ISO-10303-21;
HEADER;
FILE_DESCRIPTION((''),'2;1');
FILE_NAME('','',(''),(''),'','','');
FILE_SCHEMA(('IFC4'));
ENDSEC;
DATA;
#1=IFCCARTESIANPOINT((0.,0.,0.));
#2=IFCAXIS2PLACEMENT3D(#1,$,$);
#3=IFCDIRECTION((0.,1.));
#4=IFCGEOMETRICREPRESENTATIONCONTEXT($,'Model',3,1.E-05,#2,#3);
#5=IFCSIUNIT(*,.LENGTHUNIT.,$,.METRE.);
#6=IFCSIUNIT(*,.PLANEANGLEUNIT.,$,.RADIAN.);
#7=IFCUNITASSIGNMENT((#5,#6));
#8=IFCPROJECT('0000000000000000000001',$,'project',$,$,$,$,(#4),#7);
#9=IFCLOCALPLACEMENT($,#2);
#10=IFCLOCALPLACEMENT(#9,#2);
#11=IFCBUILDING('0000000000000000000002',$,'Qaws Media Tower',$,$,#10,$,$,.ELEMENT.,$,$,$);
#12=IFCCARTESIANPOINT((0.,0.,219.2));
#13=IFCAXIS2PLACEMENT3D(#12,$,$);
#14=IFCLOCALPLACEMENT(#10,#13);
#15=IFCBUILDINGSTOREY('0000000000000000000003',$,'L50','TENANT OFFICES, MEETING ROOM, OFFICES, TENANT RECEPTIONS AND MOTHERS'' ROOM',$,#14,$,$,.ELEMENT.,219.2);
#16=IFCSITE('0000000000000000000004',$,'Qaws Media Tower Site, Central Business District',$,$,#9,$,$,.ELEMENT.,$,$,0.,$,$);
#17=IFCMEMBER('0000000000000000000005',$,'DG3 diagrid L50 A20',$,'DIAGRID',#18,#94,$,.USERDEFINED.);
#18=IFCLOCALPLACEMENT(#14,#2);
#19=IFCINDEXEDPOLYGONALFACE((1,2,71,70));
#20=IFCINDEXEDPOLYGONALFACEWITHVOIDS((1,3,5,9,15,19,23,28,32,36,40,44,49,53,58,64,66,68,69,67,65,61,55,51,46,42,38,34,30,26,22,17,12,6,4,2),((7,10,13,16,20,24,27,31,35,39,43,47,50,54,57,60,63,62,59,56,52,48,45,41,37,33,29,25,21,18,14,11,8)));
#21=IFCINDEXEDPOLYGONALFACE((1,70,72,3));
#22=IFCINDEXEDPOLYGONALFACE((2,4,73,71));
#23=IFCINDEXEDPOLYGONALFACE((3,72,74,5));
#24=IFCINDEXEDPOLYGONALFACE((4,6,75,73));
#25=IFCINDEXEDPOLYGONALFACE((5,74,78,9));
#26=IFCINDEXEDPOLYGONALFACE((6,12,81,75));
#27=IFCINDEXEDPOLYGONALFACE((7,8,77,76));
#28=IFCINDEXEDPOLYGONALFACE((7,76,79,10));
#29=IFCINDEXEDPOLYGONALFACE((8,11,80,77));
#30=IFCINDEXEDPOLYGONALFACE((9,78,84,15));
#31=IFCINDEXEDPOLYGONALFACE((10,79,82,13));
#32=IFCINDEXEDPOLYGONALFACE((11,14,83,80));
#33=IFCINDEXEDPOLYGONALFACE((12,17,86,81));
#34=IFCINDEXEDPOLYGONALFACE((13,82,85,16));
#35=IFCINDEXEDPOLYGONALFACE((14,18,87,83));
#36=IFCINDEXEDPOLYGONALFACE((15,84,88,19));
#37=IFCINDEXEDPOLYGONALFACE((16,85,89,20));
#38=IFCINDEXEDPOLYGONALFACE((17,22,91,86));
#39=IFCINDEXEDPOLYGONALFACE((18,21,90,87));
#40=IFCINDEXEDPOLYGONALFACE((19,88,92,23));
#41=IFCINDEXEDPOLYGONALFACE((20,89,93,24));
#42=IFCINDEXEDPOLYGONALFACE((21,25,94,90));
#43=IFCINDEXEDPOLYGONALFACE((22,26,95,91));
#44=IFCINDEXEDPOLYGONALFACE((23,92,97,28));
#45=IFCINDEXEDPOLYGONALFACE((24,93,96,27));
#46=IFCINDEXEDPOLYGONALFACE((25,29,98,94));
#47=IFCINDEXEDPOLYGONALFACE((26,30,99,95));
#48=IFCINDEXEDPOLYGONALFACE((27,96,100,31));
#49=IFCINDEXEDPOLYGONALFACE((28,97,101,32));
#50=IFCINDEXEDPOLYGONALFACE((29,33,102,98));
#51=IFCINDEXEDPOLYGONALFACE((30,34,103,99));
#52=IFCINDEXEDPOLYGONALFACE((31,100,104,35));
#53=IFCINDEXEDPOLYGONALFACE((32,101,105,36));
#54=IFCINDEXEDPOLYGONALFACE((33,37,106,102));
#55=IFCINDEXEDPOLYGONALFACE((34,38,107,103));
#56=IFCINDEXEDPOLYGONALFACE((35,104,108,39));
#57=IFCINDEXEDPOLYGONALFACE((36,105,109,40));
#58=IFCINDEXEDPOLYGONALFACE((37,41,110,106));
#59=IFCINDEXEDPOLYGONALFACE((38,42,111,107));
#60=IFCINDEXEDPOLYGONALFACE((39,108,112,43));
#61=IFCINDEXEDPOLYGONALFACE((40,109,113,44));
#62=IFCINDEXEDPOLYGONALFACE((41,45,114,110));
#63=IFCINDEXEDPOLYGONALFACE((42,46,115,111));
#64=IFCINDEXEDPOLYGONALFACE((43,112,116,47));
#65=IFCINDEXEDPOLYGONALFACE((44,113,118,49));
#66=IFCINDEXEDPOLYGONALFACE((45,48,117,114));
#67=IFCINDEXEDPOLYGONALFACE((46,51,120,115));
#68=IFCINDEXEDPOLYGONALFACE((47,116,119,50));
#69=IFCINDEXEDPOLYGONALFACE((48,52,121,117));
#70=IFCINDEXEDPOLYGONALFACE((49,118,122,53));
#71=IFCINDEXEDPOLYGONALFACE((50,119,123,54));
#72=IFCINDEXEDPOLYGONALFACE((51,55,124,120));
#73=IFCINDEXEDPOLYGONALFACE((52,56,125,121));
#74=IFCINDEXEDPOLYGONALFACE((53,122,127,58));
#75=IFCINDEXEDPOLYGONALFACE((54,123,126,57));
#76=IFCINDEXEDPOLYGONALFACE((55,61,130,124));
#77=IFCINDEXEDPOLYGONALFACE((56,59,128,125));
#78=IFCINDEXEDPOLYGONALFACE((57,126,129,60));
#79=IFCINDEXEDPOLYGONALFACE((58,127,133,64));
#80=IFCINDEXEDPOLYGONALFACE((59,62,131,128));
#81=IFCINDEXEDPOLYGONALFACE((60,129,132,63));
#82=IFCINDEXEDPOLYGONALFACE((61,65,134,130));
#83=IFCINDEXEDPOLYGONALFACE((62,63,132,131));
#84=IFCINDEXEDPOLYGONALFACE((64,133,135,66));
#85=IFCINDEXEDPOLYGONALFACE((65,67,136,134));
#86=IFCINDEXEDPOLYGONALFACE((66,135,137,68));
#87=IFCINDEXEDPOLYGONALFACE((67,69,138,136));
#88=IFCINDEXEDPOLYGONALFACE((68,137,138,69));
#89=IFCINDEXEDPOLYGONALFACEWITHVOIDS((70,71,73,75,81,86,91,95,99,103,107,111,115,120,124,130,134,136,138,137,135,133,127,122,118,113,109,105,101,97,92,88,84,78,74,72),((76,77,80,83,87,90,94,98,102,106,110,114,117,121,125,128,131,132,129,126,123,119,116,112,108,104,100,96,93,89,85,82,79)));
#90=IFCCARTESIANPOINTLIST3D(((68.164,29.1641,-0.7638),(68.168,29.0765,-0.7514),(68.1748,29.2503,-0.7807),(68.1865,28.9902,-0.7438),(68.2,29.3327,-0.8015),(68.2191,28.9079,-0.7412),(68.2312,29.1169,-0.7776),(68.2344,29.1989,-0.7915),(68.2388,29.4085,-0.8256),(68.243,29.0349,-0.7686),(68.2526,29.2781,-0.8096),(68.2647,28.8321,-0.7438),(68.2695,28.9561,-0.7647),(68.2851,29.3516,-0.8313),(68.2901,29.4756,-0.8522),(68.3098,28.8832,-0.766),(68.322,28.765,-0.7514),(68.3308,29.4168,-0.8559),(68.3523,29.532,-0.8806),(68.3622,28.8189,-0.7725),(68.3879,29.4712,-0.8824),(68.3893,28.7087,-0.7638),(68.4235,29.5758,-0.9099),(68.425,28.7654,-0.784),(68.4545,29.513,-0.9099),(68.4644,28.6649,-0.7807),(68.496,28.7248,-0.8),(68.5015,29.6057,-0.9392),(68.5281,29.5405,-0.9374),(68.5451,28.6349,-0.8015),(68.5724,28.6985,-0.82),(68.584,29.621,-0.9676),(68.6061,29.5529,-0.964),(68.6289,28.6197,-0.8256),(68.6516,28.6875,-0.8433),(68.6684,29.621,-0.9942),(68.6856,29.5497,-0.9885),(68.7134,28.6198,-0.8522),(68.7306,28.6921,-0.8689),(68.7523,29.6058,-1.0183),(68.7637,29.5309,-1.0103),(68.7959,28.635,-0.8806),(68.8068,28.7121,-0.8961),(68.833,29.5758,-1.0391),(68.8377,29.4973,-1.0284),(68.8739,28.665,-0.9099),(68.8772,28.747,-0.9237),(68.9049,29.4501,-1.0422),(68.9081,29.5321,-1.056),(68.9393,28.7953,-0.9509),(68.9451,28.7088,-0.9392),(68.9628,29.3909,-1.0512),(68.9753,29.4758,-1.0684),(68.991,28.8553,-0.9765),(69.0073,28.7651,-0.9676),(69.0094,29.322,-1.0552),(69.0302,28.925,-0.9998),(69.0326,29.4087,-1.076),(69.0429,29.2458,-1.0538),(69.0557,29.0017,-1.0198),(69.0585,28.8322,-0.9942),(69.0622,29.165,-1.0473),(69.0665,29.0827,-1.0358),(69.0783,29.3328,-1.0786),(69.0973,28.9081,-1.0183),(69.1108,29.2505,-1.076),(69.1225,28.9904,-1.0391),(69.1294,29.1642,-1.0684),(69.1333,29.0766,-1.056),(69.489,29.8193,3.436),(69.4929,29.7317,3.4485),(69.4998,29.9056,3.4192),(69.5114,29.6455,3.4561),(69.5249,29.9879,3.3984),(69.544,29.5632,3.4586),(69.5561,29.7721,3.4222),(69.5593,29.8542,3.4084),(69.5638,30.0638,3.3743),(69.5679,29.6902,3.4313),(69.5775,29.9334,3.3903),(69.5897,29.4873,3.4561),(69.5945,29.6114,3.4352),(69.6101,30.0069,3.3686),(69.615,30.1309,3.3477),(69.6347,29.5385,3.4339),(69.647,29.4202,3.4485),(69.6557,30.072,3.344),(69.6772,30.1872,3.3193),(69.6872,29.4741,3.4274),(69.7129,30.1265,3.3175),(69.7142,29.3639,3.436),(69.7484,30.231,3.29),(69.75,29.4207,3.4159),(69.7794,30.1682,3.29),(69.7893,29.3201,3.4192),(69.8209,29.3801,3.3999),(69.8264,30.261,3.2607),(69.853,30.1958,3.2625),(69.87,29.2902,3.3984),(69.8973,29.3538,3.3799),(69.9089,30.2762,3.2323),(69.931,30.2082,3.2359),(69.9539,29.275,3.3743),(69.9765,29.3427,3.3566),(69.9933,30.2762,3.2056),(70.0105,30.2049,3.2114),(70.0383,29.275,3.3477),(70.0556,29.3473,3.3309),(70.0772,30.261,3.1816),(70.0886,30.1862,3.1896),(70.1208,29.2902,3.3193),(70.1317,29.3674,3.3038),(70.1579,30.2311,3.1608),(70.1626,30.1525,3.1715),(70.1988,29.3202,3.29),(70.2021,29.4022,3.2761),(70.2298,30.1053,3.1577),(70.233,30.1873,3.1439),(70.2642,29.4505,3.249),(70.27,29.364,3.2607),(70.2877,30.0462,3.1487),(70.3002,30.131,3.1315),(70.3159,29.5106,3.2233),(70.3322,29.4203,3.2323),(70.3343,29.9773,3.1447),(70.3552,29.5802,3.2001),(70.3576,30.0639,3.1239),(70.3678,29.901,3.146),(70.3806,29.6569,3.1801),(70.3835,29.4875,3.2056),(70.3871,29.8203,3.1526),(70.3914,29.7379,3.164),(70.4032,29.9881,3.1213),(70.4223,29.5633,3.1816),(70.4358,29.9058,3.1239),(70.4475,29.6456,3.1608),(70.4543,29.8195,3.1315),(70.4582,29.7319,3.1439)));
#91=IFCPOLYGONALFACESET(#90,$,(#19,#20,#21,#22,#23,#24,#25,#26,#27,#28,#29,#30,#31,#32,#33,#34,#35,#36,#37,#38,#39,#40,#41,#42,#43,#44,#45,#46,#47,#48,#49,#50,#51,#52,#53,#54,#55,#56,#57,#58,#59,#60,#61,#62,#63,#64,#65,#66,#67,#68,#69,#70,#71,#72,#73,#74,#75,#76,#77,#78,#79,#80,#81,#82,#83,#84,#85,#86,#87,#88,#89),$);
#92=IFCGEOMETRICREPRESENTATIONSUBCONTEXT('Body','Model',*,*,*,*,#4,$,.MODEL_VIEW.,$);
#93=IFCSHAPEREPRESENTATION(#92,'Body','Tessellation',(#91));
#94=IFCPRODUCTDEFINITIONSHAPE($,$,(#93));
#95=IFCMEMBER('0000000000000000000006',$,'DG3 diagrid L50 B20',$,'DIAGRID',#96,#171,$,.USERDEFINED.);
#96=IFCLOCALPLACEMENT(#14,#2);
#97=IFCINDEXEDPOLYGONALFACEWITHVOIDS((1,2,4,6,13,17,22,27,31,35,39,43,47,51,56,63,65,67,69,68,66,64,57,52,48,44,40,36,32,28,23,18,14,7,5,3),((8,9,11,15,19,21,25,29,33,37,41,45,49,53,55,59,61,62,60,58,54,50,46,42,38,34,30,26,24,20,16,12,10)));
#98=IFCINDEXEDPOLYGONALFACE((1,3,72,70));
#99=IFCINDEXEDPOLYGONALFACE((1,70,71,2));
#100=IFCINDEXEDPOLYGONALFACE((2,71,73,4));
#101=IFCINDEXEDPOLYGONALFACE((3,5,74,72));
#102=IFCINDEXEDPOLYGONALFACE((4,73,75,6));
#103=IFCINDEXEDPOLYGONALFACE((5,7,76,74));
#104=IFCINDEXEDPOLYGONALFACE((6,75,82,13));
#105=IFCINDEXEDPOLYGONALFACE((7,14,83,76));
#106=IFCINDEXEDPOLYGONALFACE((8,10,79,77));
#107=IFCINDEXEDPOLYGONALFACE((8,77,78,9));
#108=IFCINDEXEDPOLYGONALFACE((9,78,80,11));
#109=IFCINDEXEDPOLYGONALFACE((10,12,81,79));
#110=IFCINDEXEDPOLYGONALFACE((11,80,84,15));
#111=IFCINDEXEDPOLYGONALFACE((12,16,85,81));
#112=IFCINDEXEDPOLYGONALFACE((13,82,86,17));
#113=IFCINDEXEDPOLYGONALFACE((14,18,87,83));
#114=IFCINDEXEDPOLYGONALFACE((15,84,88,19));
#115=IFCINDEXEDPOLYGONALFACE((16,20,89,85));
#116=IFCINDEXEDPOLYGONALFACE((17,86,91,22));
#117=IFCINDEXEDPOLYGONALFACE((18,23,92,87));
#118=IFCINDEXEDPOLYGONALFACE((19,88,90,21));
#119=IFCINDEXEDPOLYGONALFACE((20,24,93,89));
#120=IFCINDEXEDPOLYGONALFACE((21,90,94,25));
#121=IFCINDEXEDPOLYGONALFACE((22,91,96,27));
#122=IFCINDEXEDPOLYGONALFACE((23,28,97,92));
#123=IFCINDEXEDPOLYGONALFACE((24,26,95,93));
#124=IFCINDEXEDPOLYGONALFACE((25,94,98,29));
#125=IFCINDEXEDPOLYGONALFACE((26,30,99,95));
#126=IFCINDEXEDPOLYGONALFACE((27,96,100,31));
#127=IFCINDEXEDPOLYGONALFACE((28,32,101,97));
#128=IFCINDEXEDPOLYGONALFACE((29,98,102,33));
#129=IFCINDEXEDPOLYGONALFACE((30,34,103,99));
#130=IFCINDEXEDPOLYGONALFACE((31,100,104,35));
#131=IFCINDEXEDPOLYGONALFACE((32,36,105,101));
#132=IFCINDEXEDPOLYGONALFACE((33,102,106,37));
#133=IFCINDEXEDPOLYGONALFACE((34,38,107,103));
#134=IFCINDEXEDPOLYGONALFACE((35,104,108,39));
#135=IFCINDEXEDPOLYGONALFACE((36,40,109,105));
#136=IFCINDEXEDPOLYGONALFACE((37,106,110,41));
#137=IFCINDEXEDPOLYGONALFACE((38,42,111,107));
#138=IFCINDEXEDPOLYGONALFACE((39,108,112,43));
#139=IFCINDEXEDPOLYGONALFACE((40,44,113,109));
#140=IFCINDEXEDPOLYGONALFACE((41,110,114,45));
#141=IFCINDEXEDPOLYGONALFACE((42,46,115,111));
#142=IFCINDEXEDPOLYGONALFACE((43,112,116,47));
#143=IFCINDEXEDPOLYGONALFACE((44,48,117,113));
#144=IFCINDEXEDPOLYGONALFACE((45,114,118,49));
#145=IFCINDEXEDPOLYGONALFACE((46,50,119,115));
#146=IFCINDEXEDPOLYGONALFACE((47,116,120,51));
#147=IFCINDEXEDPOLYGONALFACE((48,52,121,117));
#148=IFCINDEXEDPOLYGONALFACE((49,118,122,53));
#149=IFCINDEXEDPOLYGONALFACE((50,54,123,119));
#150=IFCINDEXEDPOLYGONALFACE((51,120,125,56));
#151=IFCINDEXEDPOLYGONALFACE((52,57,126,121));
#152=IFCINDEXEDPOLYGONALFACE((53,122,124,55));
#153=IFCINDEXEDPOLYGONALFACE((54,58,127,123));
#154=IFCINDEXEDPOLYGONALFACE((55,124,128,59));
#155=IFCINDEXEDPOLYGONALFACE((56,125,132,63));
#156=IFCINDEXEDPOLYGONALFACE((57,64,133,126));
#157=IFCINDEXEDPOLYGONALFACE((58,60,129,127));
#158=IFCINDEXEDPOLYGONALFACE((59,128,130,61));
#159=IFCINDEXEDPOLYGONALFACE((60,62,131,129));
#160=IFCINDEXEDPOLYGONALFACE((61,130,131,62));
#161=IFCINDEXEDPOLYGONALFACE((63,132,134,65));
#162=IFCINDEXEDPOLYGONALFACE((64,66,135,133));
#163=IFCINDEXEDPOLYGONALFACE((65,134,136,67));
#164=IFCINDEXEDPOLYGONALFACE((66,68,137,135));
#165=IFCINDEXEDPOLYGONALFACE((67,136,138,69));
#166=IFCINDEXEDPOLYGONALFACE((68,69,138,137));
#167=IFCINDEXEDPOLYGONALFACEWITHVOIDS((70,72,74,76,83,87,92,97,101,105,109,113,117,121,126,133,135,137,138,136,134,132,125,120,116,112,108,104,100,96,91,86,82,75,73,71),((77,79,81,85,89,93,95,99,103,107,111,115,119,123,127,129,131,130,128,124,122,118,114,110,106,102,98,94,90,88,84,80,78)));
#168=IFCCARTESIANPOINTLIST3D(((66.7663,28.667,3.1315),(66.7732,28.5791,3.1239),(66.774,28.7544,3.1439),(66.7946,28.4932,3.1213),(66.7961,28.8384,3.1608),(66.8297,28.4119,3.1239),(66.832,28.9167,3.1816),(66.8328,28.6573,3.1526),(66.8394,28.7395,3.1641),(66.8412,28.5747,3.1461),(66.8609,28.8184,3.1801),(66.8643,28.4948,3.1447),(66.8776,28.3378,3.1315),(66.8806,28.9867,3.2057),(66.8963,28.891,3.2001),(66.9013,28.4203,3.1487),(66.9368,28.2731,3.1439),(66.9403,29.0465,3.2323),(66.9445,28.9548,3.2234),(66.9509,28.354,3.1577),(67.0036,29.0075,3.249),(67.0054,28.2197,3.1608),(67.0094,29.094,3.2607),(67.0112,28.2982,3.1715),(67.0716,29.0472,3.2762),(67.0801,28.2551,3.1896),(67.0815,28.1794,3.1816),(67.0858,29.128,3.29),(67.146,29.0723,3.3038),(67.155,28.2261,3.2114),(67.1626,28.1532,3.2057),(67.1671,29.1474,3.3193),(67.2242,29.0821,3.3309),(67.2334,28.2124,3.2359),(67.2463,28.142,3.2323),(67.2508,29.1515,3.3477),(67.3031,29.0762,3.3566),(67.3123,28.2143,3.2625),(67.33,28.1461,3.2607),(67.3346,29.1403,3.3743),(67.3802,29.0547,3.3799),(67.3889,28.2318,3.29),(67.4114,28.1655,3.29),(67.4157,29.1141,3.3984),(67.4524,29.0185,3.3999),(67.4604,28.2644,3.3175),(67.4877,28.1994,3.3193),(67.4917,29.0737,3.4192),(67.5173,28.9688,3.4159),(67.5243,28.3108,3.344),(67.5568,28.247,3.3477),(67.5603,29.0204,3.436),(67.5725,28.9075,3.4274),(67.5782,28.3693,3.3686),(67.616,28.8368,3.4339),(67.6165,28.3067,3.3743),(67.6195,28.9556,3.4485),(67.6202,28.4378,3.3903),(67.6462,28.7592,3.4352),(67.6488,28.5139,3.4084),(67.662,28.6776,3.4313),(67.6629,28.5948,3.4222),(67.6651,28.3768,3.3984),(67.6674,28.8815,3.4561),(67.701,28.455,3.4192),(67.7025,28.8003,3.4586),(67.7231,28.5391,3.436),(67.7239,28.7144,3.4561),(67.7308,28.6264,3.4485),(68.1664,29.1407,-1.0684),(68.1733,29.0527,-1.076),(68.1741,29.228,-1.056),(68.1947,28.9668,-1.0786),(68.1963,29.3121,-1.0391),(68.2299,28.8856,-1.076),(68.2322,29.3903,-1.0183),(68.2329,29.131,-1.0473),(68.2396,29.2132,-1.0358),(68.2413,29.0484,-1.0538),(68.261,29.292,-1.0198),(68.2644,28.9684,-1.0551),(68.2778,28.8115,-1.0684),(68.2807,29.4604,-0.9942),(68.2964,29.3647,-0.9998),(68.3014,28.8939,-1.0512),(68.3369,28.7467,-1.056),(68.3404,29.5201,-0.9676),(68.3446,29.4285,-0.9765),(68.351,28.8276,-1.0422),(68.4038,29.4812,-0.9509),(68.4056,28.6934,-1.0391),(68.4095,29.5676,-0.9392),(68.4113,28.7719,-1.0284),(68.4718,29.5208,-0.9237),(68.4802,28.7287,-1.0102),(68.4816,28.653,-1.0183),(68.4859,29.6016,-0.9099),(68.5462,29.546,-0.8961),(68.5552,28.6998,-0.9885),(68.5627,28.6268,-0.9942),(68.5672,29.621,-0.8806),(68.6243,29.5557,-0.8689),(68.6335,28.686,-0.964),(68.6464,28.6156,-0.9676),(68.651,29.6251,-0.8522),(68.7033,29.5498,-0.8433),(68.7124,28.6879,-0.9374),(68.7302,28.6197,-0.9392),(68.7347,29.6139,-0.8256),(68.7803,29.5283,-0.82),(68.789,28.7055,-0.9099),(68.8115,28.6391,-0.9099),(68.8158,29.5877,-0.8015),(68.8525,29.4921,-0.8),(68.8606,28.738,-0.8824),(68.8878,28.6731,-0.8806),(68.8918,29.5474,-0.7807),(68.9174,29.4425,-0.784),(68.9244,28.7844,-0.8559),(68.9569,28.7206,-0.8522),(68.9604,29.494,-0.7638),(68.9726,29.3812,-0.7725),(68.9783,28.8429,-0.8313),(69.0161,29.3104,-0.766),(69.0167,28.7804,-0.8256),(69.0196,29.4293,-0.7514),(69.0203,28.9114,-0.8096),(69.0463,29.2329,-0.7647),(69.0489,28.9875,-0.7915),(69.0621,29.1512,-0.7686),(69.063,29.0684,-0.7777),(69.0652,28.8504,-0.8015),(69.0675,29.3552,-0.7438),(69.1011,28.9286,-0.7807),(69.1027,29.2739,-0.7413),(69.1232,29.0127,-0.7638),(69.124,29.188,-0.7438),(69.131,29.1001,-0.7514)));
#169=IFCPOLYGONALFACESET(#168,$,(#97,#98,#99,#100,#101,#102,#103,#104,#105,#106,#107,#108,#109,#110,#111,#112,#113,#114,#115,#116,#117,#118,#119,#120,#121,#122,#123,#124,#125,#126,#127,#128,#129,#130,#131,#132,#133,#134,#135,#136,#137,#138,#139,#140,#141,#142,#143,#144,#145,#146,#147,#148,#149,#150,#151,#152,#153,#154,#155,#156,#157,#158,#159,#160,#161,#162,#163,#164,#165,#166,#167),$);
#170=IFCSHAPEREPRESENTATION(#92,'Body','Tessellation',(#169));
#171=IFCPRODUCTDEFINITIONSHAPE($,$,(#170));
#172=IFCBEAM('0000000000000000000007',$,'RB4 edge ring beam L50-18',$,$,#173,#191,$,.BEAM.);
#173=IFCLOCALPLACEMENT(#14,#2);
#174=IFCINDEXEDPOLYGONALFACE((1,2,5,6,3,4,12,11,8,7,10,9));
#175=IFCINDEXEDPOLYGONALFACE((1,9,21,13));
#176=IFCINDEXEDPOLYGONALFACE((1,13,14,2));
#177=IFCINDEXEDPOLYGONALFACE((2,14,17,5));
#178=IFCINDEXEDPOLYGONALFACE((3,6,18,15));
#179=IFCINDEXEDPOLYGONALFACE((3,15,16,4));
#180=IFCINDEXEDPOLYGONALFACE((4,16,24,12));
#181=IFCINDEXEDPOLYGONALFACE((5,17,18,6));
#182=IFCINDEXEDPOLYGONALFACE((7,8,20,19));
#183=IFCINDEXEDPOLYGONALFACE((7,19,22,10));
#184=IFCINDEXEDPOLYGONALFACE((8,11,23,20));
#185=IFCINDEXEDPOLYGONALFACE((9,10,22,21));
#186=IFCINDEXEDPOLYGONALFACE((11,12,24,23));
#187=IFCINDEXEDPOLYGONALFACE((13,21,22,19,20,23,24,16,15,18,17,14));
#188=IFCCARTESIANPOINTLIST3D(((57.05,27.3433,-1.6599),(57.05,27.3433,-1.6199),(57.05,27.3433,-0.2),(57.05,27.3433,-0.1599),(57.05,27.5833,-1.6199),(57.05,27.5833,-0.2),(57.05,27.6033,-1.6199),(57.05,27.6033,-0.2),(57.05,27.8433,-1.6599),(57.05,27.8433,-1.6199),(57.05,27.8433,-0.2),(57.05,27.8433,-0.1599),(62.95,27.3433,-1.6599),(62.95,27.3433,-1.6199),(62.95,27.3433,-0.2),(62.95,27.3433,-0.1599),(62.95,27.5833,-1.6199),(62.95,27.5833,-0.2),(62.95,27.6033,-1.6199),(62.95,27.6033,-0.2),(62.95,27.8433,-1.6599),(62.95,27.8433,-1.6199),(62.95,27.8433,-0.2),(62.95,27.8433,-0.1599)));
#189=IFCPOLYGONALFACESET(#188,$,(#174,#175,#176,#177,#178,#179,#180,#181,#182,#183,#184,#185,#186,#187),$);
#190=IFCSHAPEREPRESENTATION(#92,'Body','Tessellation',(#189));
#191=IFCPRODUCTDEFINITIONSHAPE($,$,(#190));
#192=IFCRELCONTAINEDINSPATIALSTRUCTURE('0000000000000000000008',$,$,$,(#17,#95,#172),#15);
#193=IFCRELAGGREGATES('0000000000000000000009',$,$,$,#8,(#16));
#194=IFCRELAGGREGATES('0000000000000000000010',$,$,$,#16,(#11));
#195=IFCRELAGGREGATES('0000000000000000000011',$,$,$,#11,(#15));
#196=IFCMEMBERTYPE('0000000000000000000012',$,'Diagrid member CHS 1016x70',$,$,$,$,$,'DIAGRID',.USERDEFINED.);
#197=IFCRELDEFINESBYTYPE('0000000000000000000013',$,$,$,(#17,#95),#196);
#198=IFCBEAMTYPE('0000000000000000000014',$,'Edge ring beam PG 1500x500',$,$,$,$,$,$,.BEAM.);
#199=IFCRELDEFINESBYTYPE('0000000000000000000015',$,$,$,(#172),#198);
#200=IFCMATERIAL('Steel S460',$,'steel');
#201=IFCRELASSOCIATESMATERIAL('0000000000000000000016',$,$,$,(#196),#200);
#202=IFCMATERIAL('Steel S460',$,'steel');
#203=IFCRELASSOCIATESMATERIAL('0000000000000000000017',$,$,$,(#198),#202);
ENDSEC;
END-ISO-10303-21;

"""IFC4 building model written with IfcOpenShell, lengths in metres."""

from ifc_helpers import new_model, si_unit, direction, frame, origin, origin_2d, place, context, subcontext, project, spatial, hollow_circle, i_section, extrude, material, material_profile, profile_set, type_object, element, save


model = new_model("IFC4")

# Units and contexts
model_context = context("Model", 3, precision=1e-05, world=origin(), true_north=direction((0.0, 1.0)))
body_context = subcontext(model_context, "Body", "Model", "MODEL_VIEW")
ifc_project = project(units=[si_unit("LENGTHUNIT", "METRE"), si_unit("PLANEANGLEUNIT", "RADIAN")], contexts=[model_context])

# Site, building, storey
site_placement = place(None, origin())
site = spatial("IfcSite", under=ifc_project, at=site_placement, Name="Qaws Media Tower Site, Central Business District", CompositionType="ELEMENT", RefElevation=0.0)
building_placement = place(site_placement, origin())
building = spatial("IfcBuilding", under=site, at=building_placement, Name="Qaws Media Tower", CompositionType="ELEMENT")
storey_placement = place(building_placement, frame((0.0, 0.0, 219.2)))
storey = spatial("IfcBuildingStorey", under=building, at=storey_placement, Name="L50", Description="TENANT OFFICES, MEETING ROOM, OFFICES, TENANT RECEPTIONS AND MOTHERS' ROOM", CompositionType="ELEMENT", Elevation=219.2)

# Members
ifc_material_1 = material(Name="Steel S460", Category="steel")
ifc_material_profile_1 = material_profile(ifc_material_1, hollow_circle(Radius=0.5081, WallThickness=0.0701, at=origin_2d()), Name="CHS 1016x70")
ifc_profile_set_1 = profile_set([ifc_material_profile_1], Name="Steel S460")
member_type_1 = type_object("IfcMemberType", Name="Diagrid member CHS 1016x70", ElementType="DIAGRID", PredefinedType="USERDEFINED", material=ifc_profile_set_1)
for number, where, z_axis, x_axis, name in (
    (1, (68.6487, 29.1204, -0.9099), (0.297577, 0.147171, 0.943286), (-0.443311, 0.896368, 0.0), "DG3 diagrid L50 A20"),
    (2, (68.6487, 29.1204, -0.9099), (-0.314466, -0.106376, 0.94329), (0.320437, -0.94727, 0.0), "DG3 diagrid L50 B20"),
):
    element("IfcMember", number, at=place(storey_placement, frame(where, z_axis=z_axis, x_axis=x_axis)), inside=storey, type_object=member_type_1, Name=name, ObjectType="DIAGRID", PredefinedType="USERDEFINED", context=body_context, shape_type="SweptSolid", body=[
        extrude(hollow_circle(Radius=0.5081, WallThickness=0.0701, at=origin_2d()), origin(), (0.0, 0.0, 1.0), 4.4524),
    ])

# Beam
ifc_material_2 = material(Name="Steel S460", Category="steel")
ifc_material_profile_2 = material_profile(ifc_material_2, i_section(OverallWidth=0.5, OverallDepth=1.5, WebThickness=0.02, FlangeThickness=0.04, at=origin_2d()), Name="PG 1500x500")
ifc_profile_set_2 = profile_set([ifc_material_profile_2], Name="Steel S460")
beam_type = type_object("IfcBeamType", Name="Edge ring beam PG 1500x500", PredefinedType="BEAM", material=ifc_profile_set_2)
for number, where, z_axis, x_axis, name in (
    (3, (57.05, 27.5933, -0.9099), (1.0, 0.0, 0.0), (0.0, 1.0, 0.0), "RB4 edge ring beam L50-18"),
):
    element("IfcBeam", number, at=place(storey_placement, frame(where, z_axis=z_axis, x_axis=x_axis)), inside=storey, type_object=beam_type, Name=name, PredefinedType="BEAM", context=body_context, shape_type="SweptSolid", body=[
        extrude(i_section(OverallWidth=0.5, OverallDepth=1.5, WebThickness=0.02, FlangeThickness=0.04, at=origin_2d()), origin(), (0.0, 0.0, 1.0), 5.8999),
    ])

save(model, "model.ifc")
